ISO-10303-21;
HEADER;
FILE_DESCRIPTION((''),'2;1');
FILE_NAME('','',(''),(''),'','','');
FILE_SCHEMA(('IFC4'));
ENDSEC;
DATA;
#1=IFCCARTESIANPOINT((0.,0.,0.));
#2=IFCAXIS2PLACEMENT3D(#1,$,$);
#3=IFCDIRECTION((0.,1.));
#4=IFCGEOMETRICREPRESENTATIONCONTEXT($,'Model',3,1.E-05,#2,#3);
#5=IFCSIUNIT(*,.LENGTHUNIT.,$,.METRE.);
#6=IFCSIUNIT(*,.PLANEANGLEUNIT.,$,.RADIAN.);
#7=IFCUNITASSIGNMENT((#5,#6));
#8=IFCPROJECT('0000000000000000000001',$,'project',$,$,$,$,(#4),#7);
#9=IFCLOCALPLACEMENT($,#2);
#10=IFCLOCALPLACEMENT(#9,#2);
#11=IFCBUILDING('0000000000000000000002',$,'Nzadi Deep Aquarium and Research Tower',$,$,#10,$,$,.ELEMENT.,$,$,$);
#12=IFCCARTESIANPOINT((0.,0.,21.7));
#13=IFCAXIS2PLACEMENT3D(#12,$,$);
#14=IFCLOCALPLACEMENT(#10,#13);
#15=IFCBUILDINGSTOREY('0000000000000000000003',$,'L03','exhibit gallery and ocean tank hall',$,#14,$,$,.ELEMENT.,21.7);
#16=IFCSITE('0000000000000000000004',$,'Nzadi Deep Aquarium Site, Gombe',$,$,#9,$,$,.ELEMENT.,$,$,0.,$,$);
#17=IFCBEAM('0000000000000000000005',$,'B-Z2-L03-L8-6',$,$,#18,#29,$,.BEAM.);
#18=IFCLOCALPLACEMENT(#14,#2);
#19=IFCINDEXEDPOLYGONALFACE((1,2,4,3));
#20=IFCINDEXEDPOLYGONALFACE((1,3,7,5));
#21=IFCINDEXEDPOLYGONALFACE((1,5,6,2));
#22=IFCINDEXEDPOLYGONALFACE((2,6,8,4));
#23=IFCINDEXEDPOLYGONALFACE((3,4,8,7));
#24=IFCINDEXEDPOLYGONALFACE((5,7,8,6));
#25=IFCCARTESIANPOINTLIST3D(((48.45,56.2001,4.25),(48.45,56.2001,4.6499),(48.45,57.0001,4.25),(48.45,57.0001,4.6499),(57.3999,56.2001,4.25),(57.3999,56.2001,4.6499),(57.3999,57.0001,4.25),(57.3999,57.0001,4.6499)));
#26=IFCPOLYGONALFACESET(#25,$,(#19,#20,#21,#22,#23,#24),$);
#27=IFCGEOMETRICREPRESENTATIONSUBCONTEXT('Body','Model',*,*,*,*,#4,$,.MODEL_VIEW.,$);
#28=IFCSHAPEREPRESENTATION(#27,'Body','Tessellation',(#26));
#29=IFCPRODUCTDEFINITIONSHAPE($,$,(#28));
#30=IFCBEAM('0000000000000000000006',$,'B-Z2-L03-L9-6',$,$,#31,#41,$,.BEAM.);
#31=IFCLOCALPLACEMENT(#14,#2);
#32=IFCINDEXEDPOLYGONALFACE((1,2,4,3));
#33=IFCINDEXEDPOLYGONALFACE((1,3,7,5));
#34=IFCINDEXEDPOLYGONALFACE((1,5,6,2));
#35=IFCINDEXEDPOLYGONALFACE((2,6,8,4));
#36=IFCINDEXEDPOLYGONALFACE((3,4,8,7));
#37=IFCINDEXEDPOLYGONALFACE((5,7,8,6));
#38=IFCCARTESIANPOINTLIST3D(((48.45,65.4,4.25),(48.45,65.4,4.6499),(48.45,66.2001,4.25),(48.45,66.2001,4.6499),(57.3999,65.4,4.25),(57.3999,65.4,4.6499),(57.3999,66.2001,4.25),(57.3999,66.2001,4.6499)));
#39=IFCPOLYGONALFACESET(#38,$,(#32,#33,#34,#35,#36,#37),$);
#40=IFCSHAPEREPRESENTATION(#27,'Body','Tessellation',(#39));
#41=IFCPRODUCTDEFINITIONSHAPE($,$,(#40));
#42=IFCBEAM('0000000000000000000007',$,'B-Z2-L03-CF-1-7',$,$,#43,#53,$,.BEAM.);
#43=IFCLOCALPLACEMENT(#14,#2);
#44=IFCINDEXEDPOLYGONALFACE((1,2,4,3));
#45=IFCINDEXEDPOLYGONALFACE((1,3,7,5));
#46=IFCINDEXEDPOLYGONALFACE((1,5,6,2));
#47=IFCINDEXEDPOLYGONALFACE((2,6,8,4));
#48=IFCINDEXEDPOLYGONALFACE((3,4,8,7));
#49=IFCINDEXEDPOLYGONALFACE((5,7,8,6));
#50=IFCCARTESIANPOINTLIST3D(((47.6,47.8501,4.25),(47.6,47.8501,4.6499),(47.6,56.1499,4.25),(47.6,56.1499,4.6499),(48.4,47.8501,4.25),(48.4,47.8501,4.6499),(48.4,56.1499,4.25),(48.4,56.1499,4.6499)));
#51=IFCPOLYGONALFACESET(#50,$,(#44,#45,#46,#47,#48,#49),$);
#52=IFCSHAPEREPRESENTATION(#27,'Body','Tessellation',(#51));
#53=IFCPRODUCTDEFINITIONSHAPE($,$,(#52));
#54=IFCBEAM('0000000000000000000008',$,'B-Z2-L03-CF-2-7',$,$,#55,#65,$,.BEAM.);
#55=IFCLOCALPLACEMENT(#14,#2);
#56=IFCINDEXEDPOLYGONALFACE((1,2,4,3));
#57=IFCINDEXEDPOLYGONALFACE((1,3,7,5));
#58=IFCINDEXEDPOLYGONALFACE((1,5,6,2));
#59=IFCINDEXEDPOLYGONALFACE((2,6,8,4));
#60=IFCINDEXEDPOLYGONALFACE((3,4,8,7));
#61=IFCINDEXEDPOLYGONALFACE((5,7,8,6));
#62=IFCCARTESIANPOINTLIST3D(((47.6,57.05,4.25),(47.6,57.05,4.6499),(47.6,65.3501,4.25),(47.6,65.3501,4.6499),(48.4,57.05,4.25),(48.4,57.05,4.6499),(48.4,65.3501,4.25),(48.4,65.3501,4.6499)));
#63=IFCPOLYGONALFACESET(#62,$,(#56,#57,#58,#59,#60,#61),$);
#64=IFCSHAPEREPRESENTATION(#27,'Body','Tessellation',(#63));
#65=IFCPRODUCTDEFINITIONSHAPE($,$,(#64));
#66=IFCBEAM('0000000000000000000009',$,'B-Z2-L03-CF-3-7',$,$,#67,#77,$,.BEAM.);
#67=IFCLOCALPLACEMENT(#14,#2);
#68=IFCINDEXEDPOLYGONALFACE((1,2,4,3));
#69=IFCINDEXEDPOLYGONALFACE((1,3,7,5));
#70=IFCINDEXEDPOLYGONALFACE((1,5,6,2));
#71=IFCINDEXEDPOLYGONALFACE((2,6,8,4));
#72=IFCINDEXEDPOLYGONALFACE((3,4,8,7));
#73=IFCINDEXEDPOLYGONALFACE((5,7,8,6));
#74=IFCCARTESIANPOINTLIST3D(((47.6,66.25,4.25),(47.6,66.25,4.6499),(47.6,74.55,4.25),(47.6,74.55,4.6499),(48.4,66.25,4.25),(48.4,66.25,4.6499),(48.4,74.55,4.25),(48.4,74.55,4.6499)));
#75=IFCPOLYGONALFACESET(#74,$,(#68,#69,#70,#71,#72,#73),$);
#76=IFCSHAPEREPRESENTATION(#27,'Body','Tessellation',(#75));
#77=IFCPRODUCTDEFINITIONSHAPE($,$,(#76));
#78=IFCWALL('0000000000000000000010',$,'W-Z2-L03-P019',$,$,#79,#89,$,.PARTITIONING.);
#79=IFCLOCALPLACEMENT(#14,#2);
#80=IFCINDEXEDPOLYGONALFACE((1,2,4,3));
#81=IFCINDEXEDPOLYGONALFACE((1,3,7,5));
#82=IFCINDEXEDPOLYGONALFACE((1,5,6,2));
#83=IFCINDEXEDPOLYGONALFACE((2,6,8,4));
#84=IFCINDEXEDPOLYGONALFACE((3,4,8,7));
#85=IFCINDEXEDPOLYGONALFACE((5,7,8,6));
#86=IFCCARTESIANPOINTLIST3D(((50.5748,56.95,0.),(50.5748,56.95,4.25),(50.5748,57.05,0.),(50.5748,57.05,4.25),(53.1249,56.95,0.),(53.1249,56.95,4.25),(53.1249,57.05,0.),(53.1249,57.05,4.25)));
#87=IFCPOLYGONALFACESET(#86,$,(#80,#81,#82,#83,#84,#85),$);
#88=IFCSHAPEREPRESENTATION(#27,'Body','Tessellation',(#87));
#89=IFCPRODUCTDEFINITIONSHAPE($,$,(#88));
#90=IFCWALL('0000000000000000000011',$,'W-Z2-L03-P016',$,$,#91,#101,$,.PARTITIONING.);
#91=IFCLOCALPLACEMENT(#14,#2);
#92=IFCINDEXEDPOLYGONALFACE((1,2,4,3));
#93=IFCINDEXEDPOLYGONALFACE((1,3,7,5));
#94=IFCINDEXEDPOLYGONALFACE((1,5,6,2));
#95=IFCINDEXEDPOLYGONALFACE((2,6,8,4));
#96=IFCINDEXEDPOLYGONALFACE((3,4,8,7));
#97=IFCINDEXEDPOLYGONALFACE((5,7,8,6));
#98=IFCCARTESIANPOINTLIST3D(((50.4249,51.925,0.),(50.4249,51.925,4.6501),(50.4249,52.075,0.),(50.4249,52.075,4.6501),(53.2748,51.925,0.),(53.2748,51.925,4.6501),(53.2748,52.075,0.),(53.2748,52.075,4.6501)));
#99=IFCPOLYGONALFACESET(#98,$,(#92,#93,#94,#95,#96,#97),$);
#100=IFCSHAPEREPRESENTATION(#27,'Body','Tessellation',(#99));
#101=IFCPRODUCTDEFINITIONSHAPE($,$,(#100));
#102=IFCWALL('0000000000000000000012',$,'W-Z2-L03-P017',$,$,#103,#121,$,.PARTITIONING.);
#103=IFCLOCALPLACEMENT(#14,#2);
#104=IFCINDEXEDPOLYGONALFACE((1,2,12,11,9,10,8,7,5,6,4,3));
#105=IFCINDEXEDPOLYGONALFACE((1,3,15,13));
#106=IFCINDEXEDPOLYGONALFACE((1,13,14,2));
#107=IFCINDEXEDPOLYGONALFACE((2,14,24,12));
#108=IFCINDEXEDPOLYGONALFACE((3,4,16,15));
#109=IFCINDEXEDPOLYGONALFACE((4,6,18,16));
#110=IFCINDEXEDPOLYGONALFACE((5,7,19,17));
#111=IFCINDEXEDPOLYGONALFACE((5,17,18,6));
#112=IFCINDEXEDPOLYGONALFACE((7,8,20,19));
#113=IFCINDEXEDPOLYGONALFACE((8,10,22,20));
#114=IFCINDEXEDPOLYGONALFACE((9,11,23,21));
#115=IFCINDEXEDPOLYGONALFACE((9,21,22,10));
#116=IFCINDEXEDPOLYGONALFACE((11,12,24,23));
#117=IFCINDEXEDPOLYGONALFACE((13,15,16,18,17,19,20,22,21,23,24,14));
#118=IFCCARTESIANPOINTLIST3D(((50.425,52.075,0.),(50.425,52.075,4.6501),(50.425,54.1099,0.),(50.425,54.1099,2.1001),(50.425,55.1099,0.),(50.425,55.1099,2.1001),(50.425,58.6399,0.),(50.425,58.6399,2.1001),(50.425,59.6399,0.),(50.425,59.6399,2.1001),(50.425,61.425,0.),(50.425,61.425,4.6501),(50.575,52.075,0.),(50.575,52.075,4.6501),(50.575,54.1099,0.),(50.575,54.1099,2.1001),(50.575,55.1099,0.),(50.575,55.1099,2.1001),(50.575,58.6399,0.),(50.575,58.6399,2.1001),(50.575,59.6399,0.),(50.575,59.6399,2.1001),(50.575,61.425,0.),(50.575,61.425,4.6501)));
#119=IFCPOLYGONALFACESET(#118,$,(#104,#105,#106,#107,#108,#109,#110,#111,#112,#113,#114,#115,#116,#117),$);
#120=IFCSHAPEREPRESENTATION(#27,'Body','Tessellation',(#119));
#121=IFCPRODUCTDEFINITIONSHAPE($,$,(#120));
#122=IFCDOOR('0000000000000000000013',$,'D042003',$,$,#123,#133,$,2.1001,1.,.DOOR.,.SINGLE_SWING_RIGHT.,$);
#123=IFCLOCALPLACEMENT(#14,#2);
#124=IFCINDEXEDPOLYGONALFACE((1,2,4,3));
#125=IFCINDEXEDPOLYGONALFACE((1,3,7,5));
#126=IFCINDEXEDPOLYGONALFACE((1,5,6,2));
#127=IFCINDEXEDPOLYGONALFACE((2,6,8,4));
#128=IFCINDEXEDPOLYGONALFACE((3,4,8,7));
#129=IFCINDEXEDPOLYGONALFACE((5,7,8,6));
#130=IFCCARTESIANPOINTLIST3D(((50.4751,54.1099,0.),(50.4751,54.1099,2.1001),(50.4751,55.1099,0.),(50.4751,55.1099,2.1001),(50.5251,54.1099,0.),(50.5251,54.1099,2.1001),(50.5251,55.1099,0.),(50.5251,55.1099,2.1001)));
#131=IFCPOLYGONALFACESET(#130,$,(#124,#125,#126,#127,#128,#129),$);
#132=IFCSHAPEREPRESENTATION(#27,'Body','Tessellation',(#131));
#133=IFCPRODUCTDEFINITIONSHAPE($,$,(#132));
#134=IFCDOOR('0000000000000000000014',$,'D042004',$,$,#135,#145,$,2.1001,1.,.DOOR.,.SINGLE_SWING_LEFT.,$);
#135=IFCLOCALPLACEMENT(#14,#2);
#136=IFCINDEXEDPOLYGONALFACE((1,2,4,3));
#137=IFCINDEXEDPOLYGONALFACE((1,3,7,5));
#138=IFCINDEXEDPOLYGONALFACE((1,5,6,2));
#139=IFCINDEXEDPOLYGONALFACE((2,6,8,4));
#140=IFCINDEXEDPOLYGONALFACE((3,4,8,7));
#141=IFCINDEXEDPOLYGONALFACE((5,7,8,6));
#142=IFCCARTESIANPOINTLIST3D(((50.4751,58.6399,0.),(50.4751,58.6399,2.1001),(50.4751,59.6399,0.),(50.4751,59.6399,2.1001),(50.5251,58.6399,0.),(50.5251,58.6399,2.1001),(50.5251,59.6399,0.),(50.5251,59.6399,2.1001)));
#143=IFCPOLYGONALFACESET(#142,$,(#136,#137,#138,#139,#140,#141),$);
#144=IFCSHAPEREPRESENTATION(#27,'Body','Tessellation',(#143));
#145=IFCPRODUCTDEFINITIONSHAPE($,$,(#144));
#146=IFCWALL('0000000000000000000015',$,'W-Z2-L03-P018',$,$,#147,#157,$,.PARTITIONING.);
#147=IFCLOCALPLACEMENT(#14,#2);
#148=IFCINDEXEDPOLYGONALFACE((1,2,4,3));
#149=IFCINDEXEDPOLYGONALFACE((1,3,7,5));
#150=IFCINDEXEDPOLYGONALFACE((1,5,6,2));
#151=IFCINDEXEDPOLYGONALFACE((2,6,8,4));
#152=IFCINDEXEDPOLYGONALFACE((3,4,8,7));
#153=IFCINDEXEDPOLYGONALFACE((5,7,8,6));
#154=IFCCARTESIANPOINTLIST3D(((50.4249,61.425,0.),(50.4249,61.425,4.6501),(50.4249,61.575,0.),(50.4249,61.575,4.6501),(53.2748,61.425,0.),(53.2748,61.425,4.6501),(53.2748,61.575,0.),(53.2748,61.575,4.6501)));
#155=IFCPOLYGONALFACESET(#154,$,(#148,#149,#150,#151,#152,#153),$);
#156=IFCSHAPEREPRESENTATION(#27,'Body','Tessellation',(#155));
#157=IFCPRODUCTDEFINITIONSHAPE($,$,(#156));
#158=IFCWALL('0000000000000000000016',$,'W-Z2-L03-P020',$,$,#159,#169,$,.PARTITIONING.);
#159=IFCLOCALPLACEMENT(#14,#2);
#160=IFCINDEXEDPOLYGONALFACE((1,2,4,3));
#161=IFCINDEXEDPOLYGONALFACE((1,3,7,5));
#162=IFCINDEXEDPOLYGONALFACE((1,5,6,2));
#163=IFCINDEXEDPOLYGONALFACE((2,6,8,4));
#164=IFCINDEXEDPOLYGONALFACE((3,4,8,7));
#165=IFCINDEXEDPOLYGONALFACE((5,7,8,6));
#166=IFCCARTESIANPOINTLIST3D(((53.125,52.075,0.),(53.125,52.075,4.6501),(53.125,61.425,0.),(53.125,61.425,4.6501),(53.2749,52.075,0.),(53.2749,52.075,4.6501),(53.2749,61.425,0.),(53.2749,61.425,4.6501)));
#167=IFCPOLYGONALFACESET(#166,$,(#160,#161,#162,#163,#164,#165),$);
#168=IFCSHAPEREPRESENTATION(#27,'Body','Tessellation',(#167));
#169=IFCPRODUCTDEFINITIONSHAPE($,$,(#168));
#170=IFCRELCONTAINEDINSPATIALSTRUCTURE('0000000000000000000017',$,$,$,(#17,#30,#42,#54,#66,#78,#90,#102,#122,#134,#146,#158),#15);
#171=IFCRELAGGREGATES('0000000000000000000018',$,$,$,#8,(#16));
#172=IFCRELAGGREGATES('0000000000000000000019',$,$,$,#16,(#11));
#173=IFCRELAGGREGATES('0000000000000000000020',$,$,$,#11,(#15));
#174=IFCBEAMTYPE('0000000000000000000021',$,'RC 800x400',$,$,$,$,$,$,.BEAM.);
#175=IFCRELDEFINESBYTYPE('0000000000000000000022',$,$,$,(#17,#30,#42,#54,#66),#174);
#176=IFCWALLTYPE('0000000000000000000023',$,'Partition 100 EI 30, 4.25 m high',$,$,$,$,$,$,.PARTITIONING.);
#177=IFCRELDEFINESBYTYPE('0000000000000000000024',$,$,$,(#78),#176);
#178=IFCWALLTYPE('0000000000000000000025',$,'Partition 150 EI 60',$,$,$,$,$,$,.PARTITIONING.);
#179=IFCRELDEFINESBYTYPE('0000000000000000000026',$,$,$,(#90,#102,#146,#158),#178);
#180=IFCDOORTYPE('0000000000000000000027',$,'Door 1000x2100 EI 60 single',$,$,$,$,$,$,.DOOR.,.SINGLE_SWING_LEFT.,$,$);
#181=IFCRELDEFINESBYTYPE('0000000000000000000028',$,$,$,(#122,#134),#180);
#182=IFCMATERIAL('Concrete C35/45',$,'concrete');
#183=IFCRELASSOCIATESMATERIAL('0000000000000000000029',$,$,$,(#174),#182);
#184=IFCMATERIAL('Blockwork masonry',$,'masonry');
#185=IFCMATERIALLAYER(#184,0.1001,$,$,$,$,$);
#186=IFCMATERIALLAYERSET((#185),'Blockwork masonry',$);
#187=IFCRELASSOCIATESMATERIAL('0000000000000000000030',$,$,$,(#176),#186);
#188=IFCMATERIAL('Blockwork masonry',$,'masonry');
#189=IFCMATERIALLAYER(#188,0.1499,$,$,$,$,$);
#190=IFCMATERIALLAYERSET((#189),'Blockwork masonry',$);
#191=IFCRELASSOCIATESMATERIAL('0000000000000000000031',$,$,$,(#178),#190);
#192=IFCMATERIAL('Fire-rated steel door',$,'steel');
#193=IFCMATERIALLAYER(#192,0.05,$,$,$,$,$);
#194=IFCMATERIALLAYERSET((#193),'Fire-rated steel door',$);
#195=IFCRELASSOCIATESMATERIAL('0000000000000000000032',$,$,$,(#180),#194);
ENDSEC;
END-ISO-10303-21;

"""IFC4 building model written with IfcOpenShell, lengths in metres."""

from ifc_helpers import new_model, si_unit, direction, frame, frame_2d, origin, origin_2d, place, context, subcontext, project, spatial, rectangle, extrude, material, layer, layer_set, material_profile, profile_set, type_object, element, fill, save


model = new_model("IFC4")

# Units and contexts
model_context = context("Model", 3, precision=1e-05, world=origin(), true_north=direction((0.0, 1.0)))
body_context = subcontext(model_context, "Body", "Model", "MODEL_VIEW")
ifc_project = project(units=[si_unit("LENGTHUNIT", "METRE"), si_unit("PLANEANGLEUNIT", "RADIAN")], contexts=[model_context])

# Site, building, storey
site_placement = place(None, origin())
site = spatial("IfcSite", under=ifc_project, at=site_placement, Name="Nzadi Deep Aquarium Site, Gombe", CompositionType="ELEMENT", RefElevation=0.0)
building_placement = place(site_placement, origin())
building = spatial("IfcBuilding", under=site, at=building_placement, Name="Nzadi Deep Aquarium and Research Tower", CompositionType="ELEMENT")
storey_placement = place(building_placement, frame((0.0, 0.0, 21.7)))
storey = spatial("IfcBuildingStorey", under=building, at=storey_placement, Name="L03", Description="exhibit gallery and ocean tank hall", CompositionType="ELEMENT", Elevation=21.7)

# Beams
ifc_material_1 = material(Name="Concrete C35/45", Category="concrete")
ifc_material_profile_1 = material_profile(ifc_material_1, rectangle(XDim=0.8, YDim=0.3999, at=origin_2d()))
ifc_profile_set_1 = profile_set([ifc_material_profile_1], Name="Concrete C35/45")
beam_type_1 = type_object("IfcBeamType", Name="RC 800x400", PredefinedType="BEAM", material=ifc_profile_set_1)
for number, where, z_axis, x_axis, name in (
    (1, (48.45, 56.6001, 4.45), (1.0, 0.0, 0.0), (0.0, 1.0, 0.0), "B-Z2-L03-L8-6"),
    (2, (48.45, 65.8, 4.45), (1.0, 0.0, 0.0), (0.0, 1.0, 0.0), "B-Z2-L03-L9-6"),
):
    element("IfcBeam", number, at=place(storey_placement, frame(where, z_axis=z_axis, x_axis=x_axis)), inside=storey, type_object=beam_type_1, Name=name, PredefinedType="BEAM", context=body_context, shape_type="SweptSolid", body=[
        extrude(rectangle(XDim=0.8, YDim=0.3999, at=origin_2d()), origin(), (0.0, 0.0, 1.0), 8.95),
    ])
beam_1_placement = place(storey_placement, frame((48.0, 47.8501, 4.45), z_axis=(0.0, 1.0, 0.0), x_axis=(-1.0, 0.0, 0.0)))
element("IfcBeam", 3, at=beam_1_placement, inside=storey, type_object=beam_type_1, Name="B-Z2-L03-CF-1-7", PredefinedType="BEAM", context=body_context, shape_type="SweptSolid", body=[
    extrude(rectangle(XDim=0.8, YDim=0.3999, at=origin_2d()), origin(), (0.0, 0.0, 1.0), 8.2998),
])
for number, where, z_axis, x_axis, name in (
    (4, (48.0, 57.05, 4.45), (0.0, 1.0, 0.0), (-1.0, 0.0, 0.0), "B-Z2-L03-CF-2-7"),
    (5, (48.0, 66.25, 4.45), (0.0, 1.0, 0.0), (-1.0, 0.0, 0.0), "B-Z2-L03-CF-3-7"),
):
    element("IfcBeam", number, at=place(storey_placement, frame(where, z_axis=z_axis, x_axis=x_axis)), inside=storey, type_object=beam_type_1, Name=name, PredefinedType="BEAM", context=body_context, shape_type="SweptSolid", body=[
        extrude(rectangle(XDim=0.8, YDim=0.3999, at=origin_2d()), origin(), (0.0, 0.0, 1.0), 8.3),
    ])

# Walls
ifc_material_2 = material(Name="Blockwork masonry", Category="masonry")
ifc_layer_1 = layer(ifc_material_2, 0.1001)
ifc_layer_set_1 = layer_set([ifc_layer_1], Name="Blockwork masonry")
wall_type_1 = type_object("IfcWallType", Name="Partition 100 EI 30, 4.25 m high", PredefinedType="PARTITIONING", material=ifc_layer_set_1)
wall_1_placement = place(storey_placement, frame((50.575, 57.0, 0.0), z_axis=(0.0, 0.0, 1.0), x_axis=(1.0, 0.0, 0.0)))
element("IfcWall", 6, at=wall_1_placement, inside=storey, type_object=wall_type_1, Name="W-Z2-L03-P019", PredefinedType="PARTITIONING", context=body_context, shape_type="SweptSolid", body=[
    extrude(rectangle(XDim=2.55, YDim=0.1001, at=frame_2d((1.2749, 0.0))), origin(), (0.0, 0.0, 1.0), 4.25),
])
ifc_material_3 = material(Name="Blockwork masonry", Category="masonry")
ifc_layer_2 = layer(ifc_material_3, 0.1499)
ifc_layer_set_2 = layer_set([ifc_layer_2], Name="Blockwork masonry")
wall_type_2 = type_object("IfcWallType", Name="Partition 150 EI 60", PredefinedType="PARTITIONING", material=ifc_layer_set_2)
wall_2_placement = place(storey_placement, frame((50.425, 52.0, 0.0), z_axis=(0.0, 0.0, 1.0), x_axis=(1.0, 0.0, 0.0)))
element("IfcWall", 7, at=wall_2_placement, inside=storey, type_object=wall_type_2, Name="W-Z2-L03-P016", PredefinedType="PARTITIONING", context=body_context, shape_type="SweptSolid", body=[
    extrude(rectangle(XDim=2.8499, YDim=0.1499, at=frame_2d((1.4248, 0.0))), origin(), (0.0, 0.0, 1.0), 4.6501),
])

# Wall, openings, doors
wall_3_placement = place(storey_placement, frame((50.5, 52.075, 0.0), z_axis=(0.0, 0.0, 1.0), x_axis=(0.0, 1.0, 0.0)))
wall_3 = element("IfcWall", 8, at=wall_3_placement, inside=storey, type_object=wall_type_2, Name="W-Z2-L03-P017", PredefinedType="PARTITIONING", context=body_context, shape_type="SweptSolid", body=[
    extrude(rectangle(XDim=9.3501, YDim=0.1499, at=frame_2d((4.675, 0.0))), origin(), (0.0, 0.0, 1.0), 4.6501),
])
opening_1_placement = place(wall_3_placement, frame((2.0349, 0.0, 0.0)))
opening_1 = element("IfcOpeningElement", 9, at=opening_1_placement, cuts=wall_3, PredefinedType="OPENING", context=body_context, shape_type="SweptSolid", body=[
    extrude(rectangle(XDim=1.0, YDim=2.1001, at=frame_2d((0.5, 1.05))), frame((0.0, 0.085, 0.0), z_axis=(0.0, -1.0, 0.0), x_axis=(1.0, 0.0, 0.0)), (0.0, 0.0, 1.0), 0.1699),
])
opening_2_placement = place(wall_3_placement, frame((6.5649, 0.0, 0.0)))
opening_2 = element("IfcOpeningElement", 10, at=opening_2_placement, cuts=wall_3, PredefinedType="OPENING", context=body_context, shape_type="SweptSolid", body=[
    extrude(rectangle(XDim=1.0, YDim=2.1001, at=frame_2d((0.5, 1.05))), frame((0.0, 0.085, 0.0), z_axis=(0.0, -1.0, 0.0), x_axis=(1.0, 0.0, 0.0)), (0.0, 0.0, 1.0), 0.1699),
])
ifc_material_4 = material(Name="Fire-rated steel door", Category="steel")
ifc_layer_3 = layer(ifc_material_4, 0.05)
ifc_layer_set_3 = layer_set([ifc_layer_3], Name="Fire-rated steel door")
door_type_1 = type_object("IfcDoorType", Name="Door 1000x2100 EI 60 single", OperationType="SINGLE_SWING_LEFT", PredefinedType="DOOR", material=ifc_layer_set_3)
door_1_placement = place(opening_1_placement, origin())
door_1 = element("IfcDoor", 11, at=door_1_placement, inside=storey, type_object=door_type_1, Name="D042003", OperationType="SINGLE_SWING_RIGHT", OverallHeight=2.1001, OverallWidth=1.0, PredefinedType="DOOR", context=body_context, shape_type="SweptSolid", body=[
    extrude(rectangle(XDim=1.0, YDim=2.1001, at=frame_2d((0.5, 1.05))), frame((0.0, 0.0249, 0.0), z_axis=(0.0, -1.0, 0.0), x_axis=(1.0, 0.0, 0.0)), (0.0, 0.0, 1.0), 0.05),
])
fill(opening_1, door_1)
door_2_placement = place(opening_2_placement, origin())
door_2 = element("IfcDoor", 12, at=door_2_placement, inside=storey, type_object=door_type_1, Name="D042004", OperationType="SINGLE_SWING_LEFT", OverallHeight=2.1001, OverallWidth=1.0, PredefinedType="DOOR", context=body_context, shape_type="SweptSolid", body=[
    extrude(rectangle(XDim=1.0, YDim=2.1001, at=frame_2d((0.5, 1.05))), frame((0.0, 0.0249, 0.0), z_axis=(0.0, -1.0, 0.0), x_axis=(1.0, 0.0, 0.0)), (0.0, 0.0, 1.0), 0.05),
])
fill(opening_2, door_2)

# Walls
wall_4_placement = place(storey_placement, frame((50.425, 61.5, 0.0), z_axis=(0.0, 0.0, 1.0), x_axis=(1.0, 0.0, 0.0)))
element("IfcWall", 13, at=wall_4_placement, inside=storey, type_object=wall_type_2, Name="W-Z2-L03-P018", PredefinedType="PARTITIONING", context=body_context, shape_type="SweptSolid", body=[
    extrude(rectangle(XDim=2.8499, YDim=0.1499, at=frame_2d((1.4248, 0.0))), origin(), (0.0, 0.0, 1.0), 4.6501),
])
wall_5_placement = place(storey_placement, frame((53.2, 52.075, 0.0), z_axis=(0.0, 0.0, 1.0), x_axis=(0.0, 1.0, 0.0)))
element("IfcWall", 14, at=wall_5_placement, inside=storey, type_object=wall_type_2, Name="W-Z2-L03-P020", PredefinedType="PARTITIONING", context=body_context, shape_type="SweptSolid", body=[
    extrude(rectangle(XDim=9.3501, YDim=0.1499, at=frame_2d((4.675, 0.0))), origin(), (0.0, 0.0, 1.0), 4.6501),
])

save(model, "model.ifc")
